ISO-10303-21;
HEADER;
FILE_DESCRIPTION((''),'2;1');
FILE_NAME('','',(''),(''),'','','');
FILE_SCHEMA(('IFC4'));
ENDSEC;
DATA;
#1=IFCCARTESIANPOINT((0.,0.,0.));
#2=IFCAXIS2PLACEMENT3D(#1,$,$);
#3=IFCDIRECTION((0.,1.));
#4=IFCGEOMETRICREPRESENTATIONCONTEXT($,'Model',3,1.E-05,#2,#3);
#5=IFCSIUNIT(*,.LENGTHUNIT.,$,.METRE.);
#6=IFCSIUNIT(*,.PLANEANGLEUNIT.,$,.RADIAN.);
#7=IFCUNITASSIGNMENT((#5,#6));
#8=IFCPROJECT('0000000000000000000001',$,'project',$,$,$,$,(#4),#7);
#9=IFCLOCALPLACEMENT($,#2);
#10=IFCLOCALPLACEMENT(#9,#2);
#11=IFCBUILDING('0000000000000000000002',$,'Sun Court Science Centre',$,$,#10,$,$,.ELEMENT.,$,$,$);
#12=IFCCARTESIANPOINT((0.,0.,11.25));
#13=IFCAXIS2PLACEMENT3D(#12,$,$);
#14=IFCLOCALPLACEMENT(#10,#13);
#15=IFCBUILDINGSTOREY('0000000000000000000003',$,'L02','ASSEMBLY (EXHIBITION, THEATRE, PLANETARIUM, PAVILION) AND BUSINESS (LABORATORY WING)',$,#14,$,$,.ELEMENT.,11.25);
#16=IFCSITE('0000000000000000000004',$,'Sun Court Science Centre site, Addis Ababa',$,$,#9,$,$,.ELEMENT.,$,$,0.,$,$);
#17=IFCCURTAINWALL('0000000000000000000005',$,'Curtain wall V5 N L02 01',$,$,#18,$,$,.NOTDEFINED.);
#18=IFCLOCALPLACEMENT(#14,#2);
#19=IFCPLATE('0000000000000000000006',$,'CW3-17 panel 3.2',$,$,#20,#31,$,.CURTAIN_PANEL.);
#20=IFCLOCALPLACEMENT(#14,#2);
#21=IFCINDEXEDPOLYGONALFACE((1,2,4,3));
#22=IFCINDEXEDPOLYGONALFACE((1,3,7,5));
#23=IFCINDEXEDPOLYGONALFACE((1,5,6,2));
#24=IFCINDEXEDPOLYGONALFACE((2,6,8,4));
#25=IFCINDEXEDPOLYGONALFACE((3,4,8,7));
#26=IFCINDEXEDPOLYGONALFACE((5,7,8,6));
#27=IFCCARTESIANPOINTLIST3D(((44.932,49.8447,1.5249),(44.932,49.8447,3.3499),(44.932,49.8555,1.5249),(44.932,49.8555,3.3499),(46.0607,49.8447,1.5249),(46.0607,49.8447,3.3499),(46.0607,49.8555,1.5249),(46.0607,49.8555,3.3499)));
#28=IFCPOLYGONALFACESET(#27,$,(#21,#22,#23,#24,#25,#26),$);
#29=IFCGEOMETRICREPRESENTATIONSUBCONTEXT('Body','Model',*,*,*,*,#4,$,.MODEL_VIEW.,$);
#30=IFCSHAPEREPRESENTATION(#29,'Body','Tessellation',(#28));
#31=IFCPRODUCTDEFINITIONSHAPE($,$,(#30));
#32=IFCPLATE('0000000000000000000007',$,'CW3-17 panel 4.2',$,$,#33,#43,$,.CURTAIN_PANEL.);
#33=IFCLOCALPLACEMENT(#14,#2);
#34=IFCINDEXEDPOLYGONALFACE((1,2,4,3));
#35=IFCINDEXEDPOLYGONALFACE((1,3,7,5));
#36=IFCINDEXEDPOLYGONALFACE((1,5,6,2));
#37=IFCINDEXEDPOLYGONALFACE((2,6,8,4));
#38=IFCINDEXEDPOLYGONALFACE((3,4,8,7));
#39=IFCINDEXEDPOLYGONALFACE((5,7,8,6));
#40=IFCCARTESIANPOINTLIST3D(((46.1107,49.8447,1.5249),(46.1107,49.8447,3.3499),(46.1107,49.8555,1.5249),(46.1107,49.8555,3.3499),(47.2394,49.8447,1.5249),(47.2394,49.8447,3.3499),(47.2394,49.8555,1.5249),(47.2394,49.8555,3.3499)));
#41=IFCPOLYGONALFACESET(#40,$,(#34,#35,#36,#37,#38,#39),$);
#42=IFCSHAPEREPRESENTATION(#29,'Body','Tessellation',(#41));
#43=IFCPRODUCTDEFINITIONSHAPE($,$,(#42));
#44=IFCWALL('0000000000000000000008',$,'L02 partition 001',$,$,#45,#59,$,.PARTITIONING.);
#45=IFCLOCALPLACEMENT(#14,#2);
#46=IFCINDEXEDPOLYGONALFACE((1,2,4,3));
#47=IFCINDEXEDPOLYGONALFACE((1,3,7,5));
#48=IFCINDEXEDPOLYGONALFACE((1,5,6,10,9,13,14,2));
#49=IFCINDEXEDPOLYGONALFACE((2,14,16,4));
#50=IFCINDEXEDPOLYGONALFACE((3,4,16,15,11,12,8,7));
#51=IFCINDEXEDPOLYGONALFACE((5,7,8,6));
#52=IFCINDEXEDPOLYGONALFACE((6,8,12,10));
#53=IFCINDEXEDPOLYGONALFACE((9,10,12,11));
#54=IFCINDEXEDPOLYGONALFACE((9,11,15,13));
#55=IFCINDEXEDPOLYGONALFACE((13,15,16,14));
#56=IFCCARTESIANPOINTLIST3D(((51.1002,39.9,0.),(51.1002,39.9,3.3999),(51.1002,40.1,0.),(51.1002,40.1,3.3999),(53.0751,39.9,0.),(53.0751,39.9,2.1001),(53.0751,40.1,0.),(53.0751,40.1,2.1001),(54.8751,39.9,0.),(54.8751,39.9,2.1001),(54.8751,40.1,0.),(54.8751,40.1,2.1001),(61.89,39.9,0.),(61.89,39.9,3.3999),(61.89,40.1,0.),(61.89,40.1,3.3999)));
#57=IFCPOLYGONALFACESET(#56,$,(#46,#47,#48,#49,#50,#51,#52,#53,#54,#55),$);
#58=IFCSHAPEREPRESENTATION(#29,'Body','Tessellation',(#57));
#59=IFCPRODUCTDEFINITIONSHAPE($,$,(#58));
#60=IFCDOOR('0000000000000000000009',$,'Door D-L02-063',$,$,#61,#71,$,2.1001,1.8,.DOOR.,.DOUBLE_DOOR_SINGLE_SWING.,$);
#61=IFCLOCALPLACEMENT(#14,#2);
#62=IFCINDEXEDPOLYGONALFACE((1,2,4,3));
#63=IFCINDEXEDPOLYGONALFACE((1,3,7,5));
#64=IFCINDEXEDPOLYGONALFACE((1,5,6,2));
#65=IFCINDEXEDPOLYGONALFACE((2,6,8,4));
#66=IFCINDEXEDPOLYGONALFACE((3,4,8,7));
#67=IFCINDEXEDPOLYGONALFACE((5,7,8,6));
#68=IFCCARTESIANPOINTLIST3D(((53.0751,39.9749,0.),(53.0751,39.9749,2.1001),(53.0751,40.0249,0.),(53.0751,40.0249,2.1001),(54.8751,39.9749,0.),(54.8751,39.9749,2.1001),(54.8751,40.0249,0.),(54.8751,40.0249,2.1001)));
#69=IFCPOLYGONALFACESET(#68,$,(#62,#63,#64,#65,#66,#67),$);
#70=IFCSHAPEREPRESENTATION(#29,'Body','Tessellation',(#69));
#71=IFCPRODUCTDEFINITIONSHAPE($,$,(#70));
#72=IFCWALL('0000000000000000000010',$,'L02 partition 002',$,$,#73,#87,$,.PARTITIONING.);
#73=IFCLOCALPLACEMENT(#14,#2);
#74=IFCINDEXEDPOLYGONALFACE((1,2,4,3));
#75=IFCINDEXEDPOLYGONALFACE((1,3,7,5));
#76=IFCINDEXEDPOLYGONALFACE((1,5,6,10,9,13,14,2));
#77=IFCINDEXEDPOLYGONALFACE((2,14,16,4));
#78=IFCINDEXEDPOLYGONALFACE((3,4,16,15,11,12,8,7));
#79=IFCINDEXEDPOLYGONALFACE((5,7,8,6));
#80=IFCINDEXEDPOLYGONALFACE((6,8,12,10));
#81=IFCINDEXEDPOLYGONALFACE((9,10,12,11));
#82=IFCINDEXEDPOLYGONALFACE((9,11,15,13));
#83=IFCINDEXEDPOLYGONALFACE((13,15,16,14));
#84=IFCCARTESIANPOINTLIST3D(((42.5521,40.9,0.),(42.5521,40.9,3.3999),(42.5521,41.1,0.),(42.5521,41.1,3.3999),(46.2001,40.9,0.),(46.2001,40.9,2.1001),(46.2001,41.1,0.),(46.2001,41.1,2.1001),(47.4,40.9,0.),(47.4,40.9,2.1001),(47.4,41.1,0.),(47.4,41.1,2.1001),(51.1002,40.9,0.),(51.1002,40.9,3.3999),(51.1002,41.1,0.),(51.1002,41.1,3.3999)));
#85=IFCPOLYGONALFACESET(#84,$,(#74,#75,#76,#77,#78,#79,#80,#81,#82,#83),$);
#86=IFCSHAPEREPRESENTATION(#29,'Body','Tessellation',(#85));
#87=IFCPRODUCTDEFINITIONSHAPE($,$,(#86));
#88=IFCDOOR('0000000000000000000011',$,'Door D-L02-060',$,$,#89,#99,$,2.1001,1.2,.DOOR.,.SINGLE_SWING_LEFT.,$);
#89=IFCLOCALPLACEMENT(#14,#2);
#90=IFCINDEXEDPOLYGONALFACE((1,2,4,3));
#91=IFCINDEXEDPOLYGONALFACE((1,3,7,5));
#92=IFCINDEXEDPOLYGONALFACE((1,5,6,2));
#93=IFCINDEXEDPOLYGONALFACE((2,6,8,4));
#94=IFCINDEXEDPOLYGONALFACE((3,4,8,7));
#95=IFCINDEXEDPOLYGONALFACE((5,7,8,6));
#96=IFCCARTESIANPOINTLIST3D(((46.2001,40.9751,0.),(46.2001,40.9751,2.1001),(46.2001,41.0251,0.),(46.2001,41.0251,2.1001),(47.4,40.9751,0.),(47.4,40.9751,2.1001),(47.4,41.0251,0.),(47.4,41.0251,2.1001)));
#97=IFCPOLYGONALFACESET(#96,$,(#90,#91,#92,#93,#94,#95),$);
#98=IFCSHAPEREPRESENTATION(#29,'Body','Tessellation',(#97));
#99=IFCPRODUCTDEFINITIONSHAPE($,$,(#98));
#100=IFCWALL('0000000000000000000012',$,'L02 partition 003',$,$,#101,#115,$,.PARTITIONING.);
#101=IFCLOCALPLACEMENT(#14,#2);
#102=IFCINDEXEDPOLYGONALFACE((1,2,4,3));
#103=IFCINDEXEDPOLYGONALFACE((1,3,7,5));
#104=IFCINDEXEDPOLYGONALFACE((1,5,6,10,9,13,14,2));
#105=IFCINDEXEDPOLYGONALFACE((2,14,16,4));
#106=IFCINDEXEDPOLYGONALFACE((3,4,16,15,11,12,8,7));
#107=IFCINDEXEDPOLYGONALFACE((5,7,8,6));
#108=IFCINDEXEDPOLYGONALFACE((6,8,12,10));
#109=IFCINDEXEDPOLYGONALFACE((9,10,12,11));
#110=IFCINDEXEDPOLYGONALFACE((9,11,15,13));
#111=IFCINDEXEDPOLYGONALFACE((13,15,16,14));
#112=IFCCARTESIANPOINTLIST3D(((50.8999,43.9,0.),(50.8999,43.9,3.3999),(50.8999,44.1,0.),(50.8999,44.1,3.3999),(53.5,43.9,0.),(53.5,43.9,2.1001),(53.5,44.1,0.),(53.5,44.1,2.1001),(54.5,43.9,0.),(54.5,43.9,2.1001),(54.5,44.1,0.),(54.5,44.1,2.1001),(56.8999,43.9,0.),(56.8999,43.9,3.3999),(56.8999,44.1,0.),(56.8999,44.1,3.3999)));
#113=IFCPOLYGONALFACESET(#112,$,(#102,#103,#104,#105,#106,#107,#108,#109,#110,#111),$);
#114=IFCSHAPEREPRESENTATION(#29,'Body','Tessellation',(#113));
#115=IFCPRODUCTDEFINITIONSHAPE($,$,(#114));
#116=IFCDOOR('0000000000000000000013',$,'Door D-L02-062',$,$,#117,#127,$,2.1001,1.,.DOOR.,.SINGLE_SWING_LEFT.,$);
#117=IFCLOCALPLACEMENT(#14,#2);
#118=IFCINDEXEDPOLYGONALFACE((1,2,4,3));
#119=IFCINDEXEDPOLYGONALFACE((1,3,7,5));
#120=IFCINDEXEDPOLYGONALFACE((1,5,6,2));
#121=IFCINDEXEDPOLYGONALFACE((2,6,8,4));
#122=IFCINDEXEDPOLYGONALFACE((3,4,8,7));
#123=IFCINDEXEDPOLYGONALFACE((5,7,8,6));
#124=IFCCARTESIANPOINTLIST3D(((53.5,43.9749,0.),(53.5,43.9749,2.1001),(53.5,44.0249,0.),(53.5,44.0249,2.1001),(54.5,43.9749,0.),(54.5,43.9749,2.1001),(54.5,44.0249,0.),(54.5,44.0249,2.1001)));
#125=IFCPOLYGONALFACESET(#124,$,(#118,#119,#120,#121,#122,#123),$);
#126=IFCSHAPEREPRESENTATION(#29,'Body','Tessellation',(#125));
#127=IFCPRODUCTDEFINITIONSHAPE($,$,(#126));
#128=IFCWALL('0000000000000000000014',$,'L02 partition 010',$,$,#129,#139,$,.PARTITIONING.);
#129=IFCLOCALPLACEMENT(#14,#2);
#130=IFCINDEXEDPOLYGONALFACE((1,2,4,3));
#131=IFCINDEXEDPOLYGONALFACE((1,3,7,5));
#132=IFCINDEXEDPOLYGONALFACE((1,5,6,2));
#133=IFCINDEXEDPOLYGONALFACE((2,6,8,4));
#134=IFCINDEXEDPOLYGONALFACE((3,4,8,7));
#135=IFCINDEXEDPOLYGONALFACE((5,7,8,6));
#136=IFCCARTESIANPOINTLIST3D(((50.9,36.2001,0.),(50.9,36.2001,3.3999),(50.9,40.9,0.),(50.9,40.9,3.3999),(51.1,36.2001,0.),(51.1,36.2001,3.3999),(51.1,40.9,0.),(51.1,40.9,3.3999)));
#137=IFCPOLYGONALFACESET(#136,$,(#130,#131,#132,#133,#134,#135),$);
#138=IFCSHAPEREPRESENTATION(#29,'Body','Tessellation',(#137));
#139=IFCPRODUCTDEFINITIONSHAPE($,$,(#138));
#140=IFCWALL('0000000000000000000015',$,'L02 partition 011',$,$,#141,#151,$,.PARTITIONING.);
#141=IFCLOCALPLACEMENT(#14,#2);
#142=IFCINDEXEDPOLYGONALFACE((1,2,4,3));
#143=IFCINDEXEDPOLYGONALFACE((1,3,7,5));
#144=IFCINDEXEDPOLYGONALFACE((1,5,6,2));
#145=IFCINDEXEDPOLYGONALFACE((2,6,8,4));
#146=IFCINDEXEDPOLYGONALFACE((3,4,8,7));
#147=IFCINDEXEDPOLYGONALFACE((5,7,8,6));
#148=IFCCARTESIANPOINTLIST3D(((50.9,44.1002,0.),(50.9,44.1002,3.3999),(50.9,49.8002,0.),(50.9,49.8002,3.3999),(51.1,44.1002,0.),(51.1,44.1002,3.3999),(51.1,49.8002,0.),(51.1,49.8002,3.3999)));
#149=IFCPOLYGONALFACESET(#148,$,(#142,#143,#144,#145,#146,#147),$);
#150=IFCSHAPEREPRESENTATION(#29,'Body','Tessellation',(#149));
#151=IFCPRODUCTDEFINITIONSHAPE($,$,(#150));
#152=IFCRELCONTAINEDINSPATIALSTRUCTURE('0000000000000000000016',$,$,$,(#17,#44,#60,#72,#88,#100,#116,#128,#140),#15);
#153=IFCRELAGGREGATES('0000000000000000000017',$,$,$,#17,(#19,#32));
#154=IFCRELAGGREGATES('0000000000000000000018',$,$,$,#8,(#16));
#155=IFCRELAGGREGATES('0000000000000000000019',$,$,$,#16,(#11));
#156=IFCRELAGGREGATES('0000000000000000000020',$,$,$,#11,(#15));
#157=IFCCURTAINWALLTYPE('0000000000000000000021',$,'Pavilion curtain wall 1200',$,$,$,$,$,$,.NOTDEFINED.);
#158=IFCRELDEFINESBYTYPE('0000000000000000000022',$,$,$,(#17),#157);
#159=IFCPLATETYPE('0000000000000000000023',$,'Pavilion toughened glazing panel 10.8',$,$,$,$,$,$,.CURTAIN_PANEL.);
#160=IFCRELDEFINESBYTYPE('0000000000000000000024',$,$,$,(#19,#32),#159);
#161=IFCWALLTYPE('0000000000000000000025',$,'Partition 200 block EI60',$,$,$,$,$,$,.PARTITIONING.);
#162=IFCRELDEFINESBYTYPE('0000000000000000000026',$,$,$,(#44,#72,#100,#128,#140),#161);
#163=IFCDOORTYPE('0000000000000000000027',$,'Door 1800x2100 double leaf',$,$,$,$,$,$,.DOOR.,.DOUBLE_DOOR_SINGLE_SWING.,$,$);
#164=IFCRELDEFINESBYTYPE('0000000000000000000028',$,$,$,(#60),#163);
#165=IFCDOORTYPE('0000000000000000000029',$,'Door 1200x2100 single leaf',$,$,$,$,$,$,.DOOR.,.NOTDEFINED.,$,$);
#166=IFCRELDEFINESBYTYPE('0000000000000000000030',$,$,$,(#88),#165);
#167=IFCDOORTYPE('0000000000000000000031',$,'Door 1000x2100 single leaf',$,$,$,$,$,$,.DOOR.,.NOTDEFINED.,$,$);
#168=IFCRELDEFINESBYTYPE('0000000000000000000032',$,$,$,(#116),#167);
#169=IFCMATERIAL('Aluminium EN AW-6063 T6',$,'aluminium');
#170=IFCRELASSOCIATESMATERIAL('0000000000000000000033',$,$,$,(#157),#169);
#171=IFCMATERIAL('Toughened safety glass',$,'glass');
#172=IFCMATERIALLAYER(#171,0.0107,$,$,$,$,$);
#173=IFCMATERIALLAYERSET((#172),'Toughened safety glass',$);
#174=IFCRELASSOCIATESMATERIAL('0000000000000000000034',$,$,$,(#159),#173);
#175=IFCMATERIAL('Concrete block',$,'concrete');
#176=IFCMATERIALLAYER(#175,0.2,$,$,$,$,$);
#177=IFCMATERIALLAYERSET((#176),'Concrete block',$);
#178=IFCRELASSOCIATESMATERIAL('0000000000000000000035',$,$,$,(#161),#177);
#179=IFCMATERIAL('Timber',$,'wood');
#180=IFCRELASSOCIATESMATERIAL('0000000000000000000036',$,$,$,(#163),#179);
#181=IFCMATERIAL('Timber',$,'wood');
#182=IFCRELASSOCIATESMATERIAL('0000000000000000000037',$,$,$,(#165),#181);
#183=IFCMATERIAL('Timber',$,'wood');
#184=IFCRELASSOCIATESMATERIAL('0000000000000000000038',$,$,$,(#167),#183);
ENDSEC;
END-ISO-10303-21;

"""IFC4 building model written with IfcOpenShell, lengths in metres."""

from ifc_helpers import new_model, si_unit, direction, frame, frame_2d, origin, origin_2d, place, context, subcontext, project, spatial, rectangle, extrude, material, layer, layer_set, type_object, element, fill, aggregate, save


model = new_model("IFC4")

# Units and contexts
model_context = context("Model", 3, precision=1e-05, world=origin(), true_north=direction((0.0, 1.0)))
body_context = subcontext(model_context, "Body", "Model", "MODEL_VIEW")
ifc_project = project(units=[si_unit("LENGTHUNIT", "METRE"), si_unit("PLANEANGLEUNIT", "RADIAN")], contexts=[model_context])

# Site, building, storey
site_placement = place(None, origin())
site = spatial("IfcSite", under=ifc_project, at=site_placement, Name="Sun Court Science Centre site, Addis Ababa", CompositionType="ELEMENT", RefElevation=0.0)
building_placement = place(site_placement, origin())
building = spatial("IfcBuilding", under=site, at=building_placement, Name="Sun Court Science Centre", CompositionType="ELEMENT")
storey_placement = place(building_placement, frame((0.0, 0.0, 11.25)))
storey = spatial("IfcBuildingStorey", under=building, at=storey_placement, Name="L02", Description="ASSEMBLY (EXHIBITION, THEATRE, PLANETARIUM, PAVILION) AND BUSINESS (LABORATORY WING)", CompositionType="ELEMENT", Elevation=11.25)

# Shared definitions
ifc_material_1 = material(Name="Aluminium EN AW-6063 T6", Category="aluminium")
curtain_wall_type = type_object("IfcCurtainWallType", Name="Pavilion curtain wall 1200", PredefinedType="NOTDEFINED", material=ifc_material_1)

# Curtain wall
curtain_wall_1_placement = place(storey_placement, origin())
curtain_wall_1 = element("IfcCurtainWall", 1, at=curtain_wall_1_placement, inside=storey, type_object=curtain_wall_type, Name="Curtain wall V5 N L02 01", PredefinedType="NOTDEFINED")

# Plates
ifc_material_2 = material(Name="Toughened safety glass", Category="glass")
ifc_layer_1 = layer(ifc_material_2, 0.0107)
ifc_layer_set_1 = layer_set([ifc_layer_1], Name="Toughened safety glass")
plate_type = type_object("IfcPlateType", Name="Pavilion toughened glazing panel 10.8", PredefinedType="CURTAIN_PANEL", material=ifc_layer_set_1)
plate_1_placement = place(storey_placement, frame((45.4963, 49.8501, 1.5249), z_axis=(0.0, 0.0, 1.0), x_axis=(1.0, 0.0, 0.0)))
plate_1 = element("IfcPlate", 2, at=plate_1_placement, type_object=plate_type, Name="CW3-17 panel 3.2", PredefinedType="CURTAIN_PANEL", context=body_context, shape_type="SweptSolid", body=[
    extrude(rectangle(XDim=1.1287, YDim=0.0107, at=origin_2d()), origin(), (0.0, 0.0, 1.0), 1.825),
])
plate_2_placement = place(storey_placement, frame((46.675, 49.8501, 1.5249), z_axis=(0.0, 0.0, 1.0), x_axis=(1.0, 0.0, 0.0)))
plate_2 = element("IfcPlate", 3, at=plate_2_placement, type_object=plate_type, Name="CW3-17 panel 4.2", PredefinedType="CURTAIN_PANEL", context=body_context, shape_type="SweptSolid", body=[
    extrude(rectangle(XDim=1.1287, YDim=0.0107, at=origin_2d()), origin(), (0.0, 0.0, 1.0), 1.825),
])
aggregate(curtain_wall_1, [plate_1, plate_2])

# Walls, openings, doors
ifc_material_3 = material(Name="Concrete block", Category="concrete")
ifc_layer_2 = layer(ifc_material_3, 0.2)
ifc_layer_set_2 = layer_set([ifc_layer_2], Name="Concrete block")
wall_type = type_object("IfcWallType", Name="Partition 200 block EI60", PredefinedType="PARTITIONING", material=ifc_layer_set_2)
wall_1_placement = place(storey_placement, frame((51.1001, 40.0, 0.0), z_axis=(0.0, 0.0, 1.0), x_axis=(1.0, 0.0, 0.0)))
wall_1 = element("IfcWall", 4, at=wall_1_placement, inside=storey, type_object=wall_type, Name="L02 partition 001", PredefinedType="PARTITIONING", context=body_context, shape_type="SweptSolid", body=[
    extrude(rectangle(XDim=10.7898, YDim=0.2, at=frame_2d((5.395, 0.0))), origin(), (0.0, 0.0, 1.0), 3.3999),
])
opening_1_placement = place(wall_1_placement, frame((1.9751, 0.0, 0.0)))
opening_1 = element("IfcOpeningElement", 5, at=opening_1_placement, cuts=wall_1, PredefinedType="OPENING", context=body_context, shape_type="SweptSolid", body=[
    extrude(rectangle(XDim=1.8, YDim=2.1001, at=frame_2d((0.8999, 1.05))), frame((0.0, 0.1099, 0.0), z_axis=(0.0, -1.0, 0.0), x_axis=(1.0, 0.0, 0.0)), (0.0, 0.0, 1.0), 0.22),
])
ifc_material_4 = material(Name="Timber", Category="wood")
door_type_1 = type_object("IfcDoorType", Name="Door 1800x2100 double leaf", OperationType="DOUBLE_DOOR_SINGLE_SWING", PredefinedType="DOOR", material=ifc_material_4)
door_1_placement = place(opening_1_placement, origin())
door_1 = element("IfcDoor", 6, at=door_1_placement, inside=storey, type_object=door_type_1, Name="Door D-L02-063", OperationType="DOUBLE_DOOR_SINGLE_SWING", OverallHeight=2.1001, OverallWidth=1.8, PredefinedType="DOOR", context=body_context, shape_type="SweptSolid", body=[
    extrude(rectangle(XDim=1.8, YDim=2.1001, at=frame_2d((0.8999, 1.05))), frame((0.0, 0.0249, 0.0), z_axis=(0.0, -1.0, 0.0), x_axis=(1.0, 0.0, 0.0)), (0.0, 0.0, 1.0), 0.05),
])
fill(opening_1, door_1)
wall_2_placement = place(storey_placement, frame((51.1001, 41.0, 0.0), z_axis=(0.0, 0.0, 1.0), x_axis=(-1.0, 0.0, 0.0)))
wall_2 = element("IfcWall", 7, at=wall_2_placement, inside=storey, type_object=wall_type, Name="L02 partition 002", PredefinedType="PARTITIONING", context=body_context, shape_type="SweptSolid", body=[
    extrude(rectangle(XDim=8.5481, YDim=0.2, at=frame_2d((4.2739, 0.0))), origin(), (0.0, 0.0, 1.0), 3.3999),
])
opening_2_placement = place(wall_2_placement, frame((3.7, 0.0, 0.0)))
opening_2 = element("IfcOpeningElement", 8, at=opening_2_placement, cuts=wall_2, PredefinedType="OPENING", context=body_context, shape_type="SweptSolid", body=[
    extrude(rectangle(XDim=1.2, YDim=2.1001, at=frame_2d((0.6001, 1.05))), frame((0.0, 0.1099, 0.0), z_axis=(0.0, -1.0, 0.0), x_axis=(1.0, 0.0, 0.0)), (0.0, 0.0, 1.0), 0.22),
])
ifc_material_5 = material(Name="Timber", Category="wood")
door_type_2 = type_object("IfcDoorType", Name="Door 1200x2100 single leaf", OperationType="NOTDEFINED", PredefinedType="DOOR", material=ifc_material_5)
door_2_placement = place(opening_2_placement, origin())
door_2 = element("IfcDoor", 9, at=door_2_placement, inside=storey, type_object=door_type_2, Name="Door D-L02-060", OperationType="SINGLE_SWING_LEFT", OverallHeight=2.1001, OverallWidth=1.2, PredefinedType="DOOR", context=body_context, shape_type="SweptSolid", body=[
    extrude(rectangle(XDim=1.2, YDim=2.1001, at=frame_2d((0.6001, 1.05))), frame((0.0, 0.0249, 0.0), z_axis=(0.0, -1.0, 0.0), x_axis=(1.0, 0.0, 0.0)), (0.0, 0.0, 1.0), 0.05),
])
fill(opening_2, door_2)
wall_3_placement = place(storey_placement, frame((50.8999, 44.0, 0.0), z_axis=(0.0, 0.0, 1.0), x_axis=(1.0, 0.0, 0.0)))
wall_3 = element("IfcWall", 10, at=wall_3_placement, inside=storey, type_object=wall_type, Name="L02 partition 003", PredefinedType="PARTITIONING", context=body_context, shape_type="SweptSolid", body=[
    extrude(rectangle(XDim=6.0, YDim=0.2, at=frame_2d((3.0, 0.0))), origin(), (0.0, 0.0, 1.0), 3.3999),
])
opening_3_placement = place(wall_3_placement, frame((2.6001, 0.0, 0.0)))
opening_3 = element("IfcOpeningElement", 11, at=opening_3_placement, cuts=wall_3, PredefinedType="OPENING", context=body_context, shape_type="SweptSolid", body=[
    extrude(rectangle(XDim=1.0, YDim=2.1001, at=frame_2d((0.5, 1.05))), frame((0.0, 0.1099, 0.0), z_axis=(0.0, -1.0, 0.0), x_axis=(1.0, 0.0, 0.0)), (0.0, 0.0, 1.0), 0.22),
])
ifc_material_6 = material(Name="Timber", Category="wood")
door_type_3 = type_object("IfcDoorType", Name="Door 1000x2100 single leaf", OperationType="NOTDEFINED", PredefinedType="DOOR", material=ifc_material_6)
door_3_placement = place(opening_3_placement, origin())
door_3 = element("IfcDoor", 12, at=door_3_placement, inside=storey, type_object=door_type_3, Name="Door D-L02-062", OperationType="SINGLE_SWING_LEFT", OverallHeight=2.1001, OverallWidth=1.0, PredefinedType="DOOR", context=body_context, shape_type="SweptSolid", body=[
    extrude(rectangle(XDim=1.0, YDim=2.1001, at=frame_2d((0.5, 1.05))), frame((0.0, 0.0249, 0.0), z_axis=(0.0, -1.0, 0.0), x_axis=(1.0, 0.0, 0.0)), (0.0, 0.0, 1.0), 0.05),
])
fill(opening_3, door_3)

# Walls
wall_4_placement = place(storey_placement, frame((51.0, 36.2, 0.0), z_axis=(0.0, 0.0, 1.0), x_axis=(0.0, 1.0, 0.0)))
element("IfcWall", 13, at=wall_4_placement, inside=storey, type_object=wall_type, Name="L02 partition 010", PredefinedType="PARTITIONING", context=body_context, shape_type="SweptSolid", body=[
    extrude(rectangle(XDim=4.7, YDim=0.2, at=frame_2d((2.3501, 0.0))), origin(), (0.0, 0.0, 1.0), 3.3999),
])
wall_5_placement = place(storey_placement, frame((51.0, 44.1001, 0.0), z_axis=(0.0, 0.0, 1.0), x_axis=(0.0, 1.0, 0.0)))
element("IfcWall", 14, at=wall_5_placement, inside=storey, type_object=wall_type, Name="L02 partition 011", PredefinedType="PARTITIONING", context=body_context, shape_type="SweptSolid", body=[
    extrude(rectangle(XDim=5.7, YDim=0.2, at=frame_2d((2.8501, 0.0))), origin(), (0.0, 0.0, 1.0), 3.3999),
])

save(model, "model.ifc")
